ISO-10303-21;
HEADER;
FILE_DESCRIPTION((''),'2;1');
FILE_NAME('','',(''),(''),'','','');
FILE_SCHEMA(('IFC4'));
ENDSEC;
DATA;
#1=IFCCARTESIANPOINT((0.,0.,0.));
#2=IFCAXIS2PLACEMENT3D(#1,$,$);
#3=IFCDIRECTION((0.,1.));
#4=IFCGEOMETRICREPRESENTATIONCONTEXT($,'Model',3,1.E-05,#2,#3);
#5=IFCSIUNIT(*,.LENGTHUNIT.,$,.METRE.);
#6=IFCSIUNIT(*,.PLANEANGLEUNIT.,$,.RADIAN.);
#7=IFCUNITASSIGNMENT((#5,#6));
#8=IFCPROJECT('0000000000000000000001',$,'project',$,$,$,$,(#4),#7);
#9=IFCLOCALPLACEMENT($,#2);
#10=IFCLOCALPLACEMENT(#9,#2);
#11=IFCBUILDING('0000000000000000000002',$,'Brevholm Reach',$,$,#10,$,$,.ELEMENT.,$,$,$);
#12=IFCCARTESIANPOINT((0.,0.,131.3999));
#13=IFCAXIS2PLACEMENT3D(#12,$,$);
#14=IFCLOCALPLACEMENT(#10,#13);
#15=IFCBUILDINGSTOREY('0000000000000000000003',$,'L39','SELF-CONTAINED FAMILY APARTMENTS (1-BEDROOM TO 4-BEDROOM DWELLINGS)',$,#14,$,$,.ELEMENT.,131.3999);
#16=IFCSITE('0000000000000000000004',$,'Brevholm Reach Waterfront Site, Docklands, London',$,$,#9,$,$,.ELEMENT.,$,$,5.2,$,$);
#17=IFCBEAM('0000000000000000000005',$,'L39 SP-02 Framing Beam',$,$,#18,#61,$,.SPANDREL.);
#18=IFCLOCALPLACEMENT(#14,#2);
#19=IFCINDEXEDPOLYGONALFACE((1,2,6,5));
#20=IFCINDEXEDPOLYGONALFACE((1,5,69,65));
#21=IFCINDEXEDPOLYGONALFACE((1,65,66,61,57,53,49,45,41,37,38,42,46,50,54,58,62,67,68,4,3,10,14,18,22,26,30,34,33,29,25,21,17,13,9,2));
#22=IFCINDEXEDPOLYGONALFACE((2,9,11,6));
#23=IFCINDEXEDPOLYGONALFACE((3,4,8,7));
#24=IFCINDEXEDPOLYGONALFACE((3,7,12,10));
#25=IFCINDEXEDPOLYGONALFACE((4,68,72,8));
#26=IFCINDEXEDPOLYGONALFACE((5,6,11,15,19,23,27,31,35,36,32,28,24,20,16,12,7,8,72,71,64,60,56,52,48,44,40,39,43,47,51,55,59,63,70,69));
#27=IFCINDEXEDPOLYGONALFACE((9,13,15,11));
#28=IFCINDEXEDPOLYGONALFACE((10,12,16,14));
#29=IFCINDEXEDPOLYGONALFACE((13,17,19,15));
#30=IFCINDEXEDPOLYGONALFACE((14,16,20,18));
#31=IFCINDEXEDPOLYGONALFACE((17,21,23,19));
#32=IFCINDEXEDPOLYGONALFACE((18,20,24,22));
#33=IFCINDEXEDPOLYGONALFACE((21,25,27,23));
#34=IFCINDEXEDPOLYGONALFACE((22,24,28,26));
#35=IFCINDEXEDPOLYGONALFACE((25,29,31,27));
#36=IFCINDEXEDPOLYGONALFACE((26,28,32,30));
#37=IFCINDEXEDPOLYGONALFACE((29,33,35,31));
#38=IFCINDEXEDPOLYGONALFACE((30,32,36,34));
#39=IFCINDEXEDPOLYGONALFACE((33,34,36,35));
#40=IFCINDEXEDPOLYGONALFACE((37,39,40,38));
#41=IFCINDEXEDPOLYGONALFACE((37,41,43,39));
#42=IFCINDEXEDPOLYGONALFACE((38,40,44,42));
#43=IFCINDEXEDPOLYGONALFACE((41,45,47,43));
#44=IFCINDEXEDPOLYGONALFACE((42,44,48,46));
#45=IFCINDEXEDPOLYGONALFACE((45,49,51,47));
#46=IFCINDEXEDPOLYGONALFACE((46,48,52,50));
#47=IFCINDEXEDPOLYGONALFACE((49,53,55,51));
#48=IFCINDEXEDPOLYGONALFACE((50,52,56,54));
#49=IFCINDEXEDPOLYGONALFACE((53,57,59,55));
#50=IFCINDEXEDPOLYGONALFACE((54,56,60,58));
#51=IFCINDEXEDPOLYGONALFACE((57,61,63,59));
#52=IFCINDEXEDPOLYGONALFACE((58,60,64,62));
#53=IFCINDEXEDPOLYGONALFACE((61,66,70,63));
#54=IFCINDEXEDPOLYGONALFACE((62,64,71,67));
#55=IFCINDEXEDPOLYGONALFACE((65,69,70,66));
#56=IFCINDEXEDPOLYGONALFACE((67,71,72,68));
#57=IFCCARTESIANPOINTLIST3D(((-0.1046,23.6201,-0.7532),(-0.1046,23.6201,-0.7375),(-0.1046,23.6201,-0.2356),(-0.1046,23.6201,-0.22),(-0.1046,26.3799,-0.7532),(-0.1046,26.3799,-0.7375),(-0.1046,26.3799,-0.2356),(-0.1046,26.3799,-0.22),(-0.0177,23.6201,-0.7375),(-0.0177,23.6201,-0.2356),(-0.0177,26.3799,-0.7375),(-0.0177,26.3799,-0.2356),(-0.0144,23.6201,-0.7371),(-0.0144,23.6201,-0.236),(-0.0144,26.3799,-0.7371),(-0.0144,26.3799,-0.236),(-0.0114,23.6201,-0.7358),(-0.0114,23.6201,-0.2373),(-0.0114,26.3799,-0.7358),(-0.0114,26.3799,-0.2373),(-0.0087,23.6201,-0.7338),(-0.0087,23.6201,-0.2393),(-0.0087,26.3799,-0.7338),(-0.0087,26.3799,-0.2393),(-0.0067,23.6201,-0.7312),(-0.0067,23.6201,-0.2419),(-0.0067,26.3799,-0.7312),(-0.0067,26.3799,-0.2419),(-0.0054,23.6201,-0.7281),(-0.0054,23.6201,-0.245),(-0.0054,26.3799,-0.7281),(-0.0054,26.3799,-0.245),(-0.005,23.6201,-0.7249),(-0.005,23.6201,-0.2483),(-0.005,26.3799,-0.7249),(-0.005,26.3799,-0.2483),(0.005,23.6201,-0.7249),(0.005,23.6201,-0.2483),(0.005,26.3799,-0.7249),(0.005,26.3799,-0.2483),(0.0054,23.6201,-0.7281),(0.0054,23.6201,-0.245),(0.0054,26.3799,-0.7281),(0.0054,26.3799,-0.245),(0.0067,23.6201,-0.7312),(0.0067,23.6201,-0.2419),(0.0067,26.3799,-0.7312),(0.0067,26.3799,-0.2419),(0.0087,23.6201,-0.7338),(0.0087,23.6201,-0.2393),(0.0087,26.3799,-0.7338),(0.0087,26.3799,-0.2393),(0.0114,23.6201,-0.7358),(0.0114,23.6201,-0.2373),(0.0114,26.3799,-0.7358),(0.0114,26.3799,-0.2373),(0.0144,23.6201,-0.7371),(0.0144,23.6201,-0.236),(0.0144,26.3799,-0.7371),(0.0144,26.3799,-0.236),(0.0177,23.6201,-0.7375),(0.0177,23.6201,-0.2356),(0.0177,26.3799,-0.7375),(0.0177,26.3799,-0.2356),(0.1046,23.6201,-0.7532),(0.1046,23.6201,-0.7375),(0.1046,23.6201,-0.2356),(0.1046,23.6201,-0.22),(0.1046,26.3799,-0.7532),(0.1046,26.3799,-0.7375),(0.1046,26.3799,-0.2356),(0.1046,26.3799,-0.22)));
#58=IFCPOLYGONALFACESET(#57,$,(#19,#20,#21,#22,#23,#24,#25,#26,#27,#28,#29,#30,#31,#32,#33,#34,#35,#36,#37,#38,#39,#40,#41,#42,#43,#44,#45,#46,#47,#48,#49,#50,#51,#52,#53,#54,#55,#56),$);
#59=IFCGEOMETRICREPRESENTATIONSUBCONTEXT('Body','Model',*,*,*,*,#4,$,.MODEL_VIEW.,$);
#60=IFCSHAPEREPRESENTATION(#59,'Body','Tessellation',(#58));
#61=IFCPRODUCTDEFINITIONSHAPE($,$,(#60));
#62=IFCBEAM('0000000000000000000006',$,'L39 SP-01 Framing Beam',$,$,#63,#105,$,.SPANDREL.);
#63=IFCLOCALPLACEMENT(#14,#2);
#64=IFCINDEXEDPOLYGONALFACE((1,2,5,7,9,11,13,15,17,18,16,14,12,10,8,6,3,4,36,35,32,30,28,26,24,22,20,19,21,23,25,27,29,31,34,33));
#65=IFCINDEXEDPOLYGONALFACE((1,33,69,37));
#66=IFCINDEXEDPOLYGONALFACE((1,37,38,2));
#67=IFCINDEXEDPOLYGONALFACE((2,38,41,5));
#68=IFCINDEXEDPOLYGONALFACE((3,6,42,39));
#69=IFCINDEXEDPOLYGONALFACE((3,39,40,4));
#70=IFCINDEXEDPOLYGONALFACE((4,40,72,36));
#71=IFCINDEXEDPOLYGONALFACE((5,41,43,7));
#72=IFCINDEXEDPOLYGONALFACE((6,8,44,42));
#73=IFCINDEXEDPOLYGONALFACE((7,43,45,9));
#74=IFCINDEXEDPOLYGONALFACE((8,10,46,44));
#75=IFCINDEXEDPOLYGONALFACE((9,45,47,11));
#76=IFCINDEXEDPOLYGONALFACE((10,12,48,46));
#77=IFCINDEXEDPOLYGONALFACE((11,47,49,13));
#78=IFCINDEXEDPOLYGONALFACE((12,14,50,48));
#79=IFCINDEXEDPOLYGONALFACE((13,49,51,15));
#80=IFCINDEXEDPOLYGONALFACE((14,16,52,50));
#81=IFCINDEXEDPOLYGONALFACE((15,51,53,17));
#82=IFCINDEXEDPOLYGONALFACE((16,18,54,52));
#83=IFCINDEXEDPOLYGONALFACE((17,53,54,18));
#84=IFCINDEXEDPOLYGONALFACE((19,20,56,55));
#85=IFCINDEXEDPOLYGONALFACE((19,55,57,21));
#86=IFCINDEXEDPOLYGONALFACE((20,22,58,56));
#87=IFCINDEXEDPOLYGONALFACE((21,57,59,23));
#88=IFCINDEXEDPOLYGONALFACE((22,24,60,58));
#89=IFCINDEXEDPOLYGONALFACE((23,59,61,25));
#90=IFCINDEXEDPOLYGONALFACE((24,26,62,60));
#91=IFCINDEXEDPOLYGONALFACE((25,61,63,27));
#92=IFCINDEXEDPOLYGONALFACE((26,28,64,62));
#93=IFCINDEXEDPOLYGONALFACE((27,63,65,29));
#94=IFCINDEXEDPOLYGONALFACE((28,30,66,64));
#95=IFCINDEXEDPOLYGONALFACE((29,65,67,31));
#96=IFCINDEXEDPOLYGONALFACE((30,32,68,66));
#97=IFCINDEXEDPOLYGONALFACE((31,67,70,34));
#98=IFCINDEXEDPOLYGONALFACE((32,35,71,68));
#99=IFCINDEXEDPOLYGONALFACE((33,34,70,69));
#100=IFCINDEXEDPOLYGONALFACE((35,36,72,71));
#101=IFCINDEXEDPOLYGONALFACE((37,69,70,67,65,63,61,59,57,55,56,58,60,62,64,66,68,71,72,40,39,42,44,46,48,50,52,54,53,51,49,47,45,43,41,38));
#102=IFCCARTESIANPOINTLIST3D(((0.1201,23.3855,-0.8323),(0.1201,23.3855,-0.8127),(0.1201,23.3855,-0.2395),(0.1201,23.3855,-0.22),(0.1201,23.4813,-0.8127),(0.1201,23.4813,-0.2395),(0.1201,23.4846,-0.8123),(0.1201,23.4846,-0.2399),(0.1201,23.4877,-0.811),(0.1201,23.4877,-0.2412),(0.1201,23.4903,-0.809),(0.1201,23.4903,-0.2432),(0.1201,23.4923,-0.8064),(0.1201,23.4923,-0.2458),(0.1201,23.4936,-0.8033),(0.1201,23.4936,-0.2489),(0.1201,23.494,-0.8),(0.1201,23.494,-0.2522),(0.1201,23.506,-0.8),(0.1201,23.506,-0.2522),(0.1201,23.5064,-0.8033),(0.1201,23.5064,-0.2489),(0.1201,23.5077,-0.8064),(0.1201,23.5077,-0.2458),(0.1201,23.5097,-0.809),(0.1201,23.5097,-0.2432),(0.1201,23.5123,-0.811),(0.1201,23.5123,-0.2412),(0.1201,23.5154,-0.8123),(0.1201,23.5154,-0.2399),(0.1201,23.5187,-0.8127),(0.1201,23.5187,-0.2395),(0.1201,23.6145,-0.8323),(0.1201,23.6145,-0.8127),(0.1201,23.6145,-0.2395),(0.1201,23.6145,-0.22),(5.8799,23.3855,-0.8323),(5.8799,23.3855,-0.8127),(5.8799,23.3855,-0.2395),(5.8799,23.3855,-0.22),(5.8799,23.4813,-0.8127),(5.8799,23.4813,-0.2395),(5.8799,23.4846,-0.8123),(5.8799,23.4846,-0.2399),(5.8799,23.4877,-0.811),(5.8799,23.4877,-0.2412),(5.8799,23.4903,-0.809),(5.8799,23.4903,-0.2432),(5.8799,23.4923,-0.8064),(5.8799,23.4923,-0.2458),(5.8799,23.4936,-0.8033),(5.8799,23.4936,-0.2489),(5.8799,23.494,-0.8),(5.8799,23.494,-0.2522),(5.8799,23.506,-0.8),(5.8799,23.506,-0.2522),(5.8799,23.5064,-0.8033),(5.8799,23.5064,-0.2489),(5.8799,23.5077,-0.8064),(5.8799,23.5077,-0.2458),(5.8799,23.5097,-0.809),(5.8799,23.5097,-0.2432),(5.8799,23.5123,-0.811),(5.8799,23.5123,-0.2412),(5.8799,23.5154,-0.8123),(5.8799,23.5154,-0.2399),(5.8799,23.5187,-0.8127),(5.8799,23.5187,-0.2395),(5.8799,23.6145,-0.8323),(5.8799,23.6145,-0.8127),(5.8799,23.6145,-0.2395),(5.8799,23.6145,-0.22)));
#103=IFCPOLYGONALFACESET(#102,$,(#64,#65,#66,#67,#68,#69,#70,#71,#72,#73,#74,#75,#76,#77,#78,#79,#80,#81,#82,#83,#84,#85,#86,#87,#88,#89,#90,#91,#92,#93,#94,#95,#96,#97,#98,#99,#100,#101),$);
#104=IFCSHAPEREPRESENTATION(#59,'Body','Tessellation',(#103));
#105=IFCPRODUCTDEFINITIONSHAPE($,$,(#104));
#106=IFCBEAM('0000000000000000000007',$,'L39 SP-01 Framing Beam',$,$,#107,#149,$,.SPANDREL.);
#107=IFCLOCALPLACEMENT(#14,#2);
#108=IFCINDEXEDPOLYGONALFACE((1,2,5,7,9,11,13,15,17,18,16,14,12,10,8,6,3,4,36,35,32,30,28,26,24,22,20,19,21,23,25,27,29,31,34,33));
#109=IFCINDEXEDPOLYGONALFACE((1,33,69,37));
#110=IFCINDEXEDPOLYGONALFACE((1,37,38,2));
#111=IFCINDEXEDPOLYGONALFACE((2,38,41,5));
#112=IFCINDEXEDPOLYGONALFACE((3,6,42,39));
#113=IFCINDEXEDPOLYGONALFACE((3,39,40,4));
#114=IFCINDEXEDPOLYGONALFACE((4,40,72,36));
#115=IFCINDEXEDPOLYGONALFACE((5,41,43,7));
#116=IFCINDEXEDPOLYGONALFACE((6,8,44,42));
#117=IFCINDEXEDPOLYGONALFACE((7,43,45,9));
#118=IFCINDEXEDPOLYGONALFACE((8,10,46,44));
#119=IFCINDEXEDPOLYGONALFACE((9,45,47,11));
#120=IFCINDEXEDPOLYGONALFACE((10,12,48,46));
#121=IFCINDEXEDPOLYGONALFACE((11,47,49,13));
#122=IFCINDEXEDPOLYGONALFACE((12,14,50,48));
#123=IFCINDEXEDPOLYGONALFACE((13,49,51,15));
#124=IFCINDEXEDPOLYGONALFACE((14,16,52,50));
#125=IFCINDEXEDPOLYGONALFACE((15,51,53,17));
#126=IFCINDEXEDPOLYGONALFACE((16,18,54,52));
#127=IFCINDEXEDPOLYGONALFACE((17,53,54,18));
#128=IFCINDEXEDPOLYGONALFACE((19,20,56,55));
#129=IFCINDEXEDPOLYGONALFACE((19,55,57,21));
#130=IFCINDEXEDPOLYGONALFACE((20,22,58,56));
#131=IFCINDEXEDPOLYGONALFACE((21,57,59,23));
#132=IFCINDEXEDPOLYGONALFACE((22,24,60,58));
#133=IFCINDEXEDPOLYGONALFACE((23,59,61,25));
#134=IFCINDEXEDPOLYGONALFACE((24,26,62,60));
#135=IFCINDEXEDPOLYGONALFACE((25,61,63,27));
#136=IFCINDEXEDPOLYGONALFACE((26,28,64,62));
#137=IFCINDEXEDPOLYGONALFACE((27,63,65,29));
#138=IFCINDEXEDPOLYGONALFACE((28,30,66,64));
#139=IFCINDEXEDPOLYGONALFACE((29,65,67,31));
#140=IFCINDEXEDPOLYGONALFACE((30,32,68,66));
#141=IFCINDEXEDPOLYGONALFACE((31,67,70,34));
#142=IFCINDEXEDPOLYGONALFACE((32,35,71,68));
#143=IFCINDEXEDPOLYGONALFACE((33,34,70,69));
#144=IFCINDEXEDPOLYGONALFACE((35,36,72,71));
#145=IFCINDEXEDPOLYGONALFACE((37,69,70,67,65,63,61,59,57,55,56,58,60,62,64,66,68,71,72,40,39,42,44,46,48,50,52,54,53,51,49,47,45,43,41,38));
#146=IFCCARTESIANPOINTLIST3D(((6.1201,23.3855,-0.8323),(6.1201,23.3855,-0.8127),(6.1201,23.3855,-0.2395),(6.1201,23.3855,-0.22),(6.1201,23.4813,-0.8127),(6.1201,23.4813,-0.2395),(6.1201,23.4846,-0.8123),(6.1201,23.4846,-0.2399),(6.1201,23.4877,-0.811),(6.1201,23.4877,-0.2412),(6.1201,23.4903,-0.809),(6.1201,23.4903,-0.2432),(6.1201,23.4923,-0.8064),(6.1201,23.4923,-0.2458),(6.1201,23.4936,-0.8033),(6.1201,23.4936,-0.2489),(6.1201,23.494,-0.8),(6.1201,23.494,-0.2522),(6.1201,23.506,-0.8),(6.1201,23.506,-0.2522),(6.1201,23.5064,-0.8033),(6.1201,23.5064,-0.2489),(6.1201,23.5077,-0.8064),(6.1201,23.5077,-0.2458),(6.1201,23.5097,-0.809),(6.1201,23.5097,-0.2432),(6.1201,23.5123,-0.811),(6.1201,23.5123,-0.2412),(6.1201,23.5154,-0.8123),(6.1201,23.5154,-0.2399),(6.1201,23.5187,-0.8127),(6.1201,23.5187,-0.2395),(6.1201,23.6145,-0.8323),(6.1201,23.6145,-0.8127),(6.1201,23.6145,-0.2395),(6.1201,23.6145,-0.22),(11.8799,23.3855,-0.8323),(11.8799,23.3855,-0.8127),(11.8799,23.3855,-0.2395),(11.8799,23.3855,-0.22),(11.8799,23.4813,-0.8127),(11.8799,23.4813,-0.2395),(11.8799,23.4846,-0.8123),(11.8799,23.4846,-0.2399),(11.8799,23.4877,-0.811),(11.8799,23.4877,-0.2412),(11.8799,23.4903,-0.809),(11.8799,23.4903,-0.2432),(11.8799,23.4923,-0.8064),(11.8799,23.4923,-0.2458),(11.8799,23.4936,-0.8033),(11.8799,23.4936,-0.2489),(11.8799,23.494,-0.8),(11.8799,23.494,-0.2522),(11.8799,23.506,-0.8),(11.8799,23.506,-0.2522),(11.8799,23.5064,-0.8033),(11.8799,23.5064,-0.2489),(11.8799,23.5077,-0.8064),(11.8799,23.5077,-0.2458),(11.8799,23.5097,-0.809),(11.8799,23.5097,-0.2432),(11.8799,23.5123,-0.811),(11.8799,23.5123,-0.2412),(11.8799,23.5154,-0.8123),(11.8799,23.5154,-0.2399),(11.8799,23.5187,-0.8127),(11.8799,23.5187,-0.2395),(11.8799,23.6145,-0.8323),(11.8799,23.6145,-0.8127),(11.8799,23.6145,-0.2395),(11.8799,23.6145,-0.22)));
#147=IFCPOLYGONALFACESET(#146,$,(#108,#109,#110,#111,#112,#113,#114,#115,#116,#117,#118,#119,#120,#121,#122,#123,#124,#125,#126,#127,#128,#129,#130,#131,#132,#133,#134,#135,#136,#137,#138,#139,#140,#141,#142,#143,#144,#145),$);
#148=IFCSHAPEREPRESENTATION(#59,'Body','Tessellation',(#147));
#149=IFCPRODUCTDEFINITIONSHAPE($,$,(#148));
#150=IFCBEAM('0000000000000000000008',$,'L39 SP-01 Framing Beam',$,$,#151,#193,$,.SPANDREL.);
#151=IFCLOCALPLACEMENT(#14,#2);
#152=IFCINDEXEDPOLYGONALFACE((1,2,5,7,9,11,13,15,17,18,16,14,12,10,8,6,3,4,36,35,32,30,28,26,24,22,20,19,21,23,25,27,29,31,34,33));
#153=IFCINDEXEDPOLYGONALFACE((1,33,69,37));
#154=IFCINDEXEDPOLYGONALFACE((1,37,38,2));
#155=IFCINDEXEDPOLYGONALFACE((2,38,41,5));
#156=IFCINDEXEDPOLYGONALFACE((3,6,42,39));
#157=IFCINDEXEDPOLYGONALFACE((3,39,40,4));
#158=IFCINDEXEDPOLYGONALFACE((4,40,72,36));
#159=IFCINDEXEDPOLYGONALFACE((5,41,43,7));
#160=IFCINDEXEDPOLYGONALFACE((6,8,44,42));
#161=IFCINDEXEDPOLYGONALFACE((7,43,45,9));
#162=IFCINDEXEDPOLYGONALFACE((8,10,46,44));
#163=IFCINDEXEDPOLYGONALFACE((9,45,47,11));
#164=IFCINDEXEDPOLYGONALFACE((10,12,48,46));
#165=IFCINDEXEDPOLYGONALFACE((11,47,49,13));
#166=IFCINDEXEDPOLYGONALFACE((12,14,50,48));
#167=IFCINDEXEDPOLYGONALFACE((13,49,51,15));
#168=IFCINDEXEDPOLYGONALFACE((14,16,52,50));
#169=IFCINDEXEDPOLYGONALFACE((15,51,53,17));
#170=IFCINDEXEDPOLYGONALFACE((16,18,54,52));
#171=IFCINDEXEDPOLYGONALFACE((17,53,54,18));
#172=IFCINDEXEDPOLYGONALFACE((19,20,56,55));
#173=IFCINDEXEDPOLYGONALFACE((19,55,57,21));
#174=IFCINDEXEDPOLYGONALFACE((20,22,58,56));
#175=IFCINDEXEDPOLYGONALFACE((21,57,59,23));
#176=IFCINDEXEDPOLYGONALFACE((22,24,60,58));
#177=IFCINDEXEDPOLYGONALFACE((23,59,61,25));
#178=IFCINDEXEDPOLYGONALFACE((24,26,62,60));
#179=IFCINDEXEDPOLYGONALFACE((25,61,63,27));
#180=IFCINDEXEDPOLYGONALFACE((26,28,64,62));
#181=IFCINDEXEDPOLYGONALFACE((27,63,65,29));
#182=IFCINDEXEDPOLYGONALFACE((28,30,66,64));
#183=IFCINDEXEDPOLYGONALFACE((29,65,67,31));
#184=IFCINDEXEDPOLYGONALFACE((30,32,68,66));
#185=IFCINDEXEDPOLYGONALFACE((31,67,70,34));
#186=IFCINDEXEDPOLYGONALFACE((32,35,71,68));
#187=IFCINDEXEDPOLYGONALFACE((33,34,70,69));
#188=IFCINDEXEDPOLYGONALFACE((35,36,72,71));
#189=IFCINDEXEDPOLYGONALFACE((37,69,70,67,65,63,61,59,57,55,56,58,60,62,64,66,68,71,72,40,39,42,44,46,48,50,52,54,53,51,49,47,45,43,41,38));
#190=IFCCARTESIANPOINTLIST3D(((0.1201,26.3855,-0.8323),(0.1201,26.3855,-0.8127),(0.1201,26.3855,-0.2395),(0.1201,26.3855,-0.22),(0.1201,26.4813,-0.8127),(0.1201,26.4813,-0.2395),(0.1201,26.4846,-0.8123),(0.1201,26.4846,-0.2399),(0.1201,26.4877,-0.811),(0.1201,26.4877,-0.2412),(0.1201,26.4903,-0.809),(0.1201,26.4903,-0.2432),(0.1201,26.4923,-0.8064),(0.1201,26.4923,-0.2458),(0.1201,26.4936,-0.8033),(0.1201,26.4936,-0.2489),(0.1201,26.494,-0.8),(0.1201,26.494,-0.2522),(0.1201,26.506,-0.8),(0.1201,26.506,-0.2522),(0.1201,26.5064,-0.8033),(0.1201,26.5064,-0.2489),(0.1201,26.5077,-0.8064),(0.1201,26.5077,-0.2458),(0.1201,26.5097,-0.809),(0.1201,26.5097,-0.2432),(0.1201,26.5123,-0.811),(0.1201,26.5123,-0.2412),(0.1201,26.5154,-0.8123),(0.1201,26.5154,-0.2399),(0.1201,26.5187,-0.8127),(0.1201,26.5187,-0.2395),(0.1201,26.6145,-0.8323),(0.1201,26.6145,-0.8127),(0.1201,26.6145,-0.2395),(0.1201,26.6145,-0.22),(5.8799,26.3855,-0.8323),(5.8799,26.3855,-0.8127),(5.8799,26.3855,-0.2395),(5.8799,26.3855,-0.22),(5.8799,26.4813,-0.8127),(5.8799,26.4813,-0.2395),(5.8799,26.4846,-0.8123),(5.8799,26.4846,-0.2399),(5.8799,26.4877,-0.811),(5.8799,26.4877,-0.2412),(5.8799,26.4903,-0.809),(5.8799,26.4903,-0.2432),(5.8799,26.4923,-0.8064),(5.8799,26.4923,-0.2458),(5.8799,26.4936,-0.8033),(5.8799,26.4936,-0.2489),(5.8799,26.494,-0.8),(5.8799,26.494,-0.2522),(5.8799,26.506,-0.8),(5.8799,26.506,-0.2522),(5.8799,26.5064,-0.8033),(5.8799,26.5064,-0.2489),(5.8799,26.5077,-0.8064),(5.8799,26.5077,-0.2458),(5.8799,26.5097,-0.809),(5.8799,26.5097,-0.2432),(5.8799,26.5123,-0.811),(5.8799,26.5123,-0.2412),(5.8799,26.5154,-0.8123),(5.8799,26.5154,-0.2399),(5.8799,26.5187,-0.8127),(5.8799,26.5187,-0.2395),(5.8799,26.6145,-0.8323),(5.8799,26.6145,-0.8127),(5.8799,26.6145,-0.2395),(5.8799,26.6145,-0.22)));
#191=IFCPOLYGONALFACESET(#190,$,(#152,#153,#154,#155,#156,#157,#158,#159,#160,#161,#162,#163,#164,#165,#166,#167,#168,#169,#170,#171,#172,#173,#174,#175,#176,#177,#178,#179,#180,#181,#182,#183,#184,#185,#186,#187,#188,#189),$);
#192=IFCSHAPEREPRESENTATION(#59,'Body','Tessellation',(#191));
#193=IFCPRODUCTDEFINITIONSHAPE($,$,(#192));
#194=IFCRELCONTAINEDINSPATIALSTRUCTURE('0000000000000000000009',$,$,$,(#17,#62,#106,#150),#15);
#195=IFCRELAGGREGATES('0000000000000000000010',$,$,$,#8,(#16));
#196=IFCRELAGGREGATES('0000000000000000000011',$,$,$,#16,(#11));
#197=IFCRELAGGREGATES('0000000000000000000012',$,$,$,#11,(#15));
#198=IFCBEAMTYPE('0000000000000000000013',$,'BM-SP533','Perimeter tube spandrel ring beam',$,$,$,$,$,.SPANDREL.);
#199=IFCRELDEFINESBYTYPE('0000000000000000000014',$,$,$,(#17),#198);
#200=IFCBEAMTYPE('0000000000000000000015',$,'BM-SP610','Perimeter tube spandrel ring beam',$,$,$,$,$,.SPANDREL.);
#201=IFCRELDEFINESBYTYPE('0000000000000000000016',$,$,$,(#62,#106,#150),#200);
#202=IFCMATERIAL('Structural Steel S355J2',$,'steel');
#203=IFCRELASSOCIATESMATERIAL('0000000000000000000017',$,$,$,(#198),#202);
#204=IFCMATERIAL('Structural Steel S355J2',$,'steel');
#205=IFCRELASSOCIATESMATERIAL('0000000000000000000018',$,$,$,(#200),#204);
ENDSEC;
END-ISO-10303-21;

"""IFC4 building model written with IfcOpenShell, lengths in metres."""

from ifc_helpers import new_model, si_unit, direction, frame, origin, origin_2d, place, context, subcontext, project, spatial, i_section, extrude, material, material_profile, profile_set, type_object, element, save


model = new_model("IFC4")

# Units and contexts
model_context = context("Model", 3, precision=1e-05, world=origin(), true_north=direction((0.0, 1.0)))
body_context = subcontext(model_context, "Body", "Model", "MODEL_VIEW")
ifc_project = project(units=[si_unit("LENGTHUNIT", "METRE"), si_unit("PLANEANGLEUNIT", "RADIAN")], contexts=[model_context])

# Site, building, storey
site_placement = place(None, origin())
site = spatial("IfcSite", under=ifc_project, at=site_placement, Name="Brevholm Reach Waterfront Site, Docklands, London", CompositionType="ELEMENT", RefElevation=5.2)
building_placement = place(site_placement, origin())
building = spatial("IfcBuilding", under=site, at=building_placement, Name="Brevholm Reach", CompositionType="ELEMENT")
storey_placement = place(building_placement, frame((0.0, 0.0, 131.3999)))
storey = spatial("IfcBuildingStorey", under=building, at=storey_placement, Name="L39", Description="SELF-CONTAINED FAMILY APARTMENTS (1-BEDROOM TO 4-BEDROOM DWELLINGS)", CompositionType="ELEMENT", Elevation=131.3999)

# Beams
ifc_material_1 = material(Name="Structural Steel S355J2", Category="steel")
ifc_material_profile_1 = material_profile(ifc_material_1, i_section(OverallWidth=0.2092, OverallDepth=0.5332, WebThickness=0.01, FlangeThickness=0.0156, FilletRadius=0.0127, at=origin_2d()), Name="UKB 533x210x92")
ifc_profile_set_1 = profile_set([ifc_material_profile_1], Name="Structural Steel S355J2")
beam_type_1 = type_object("IfcBeamType", Name="BM-SP533", Description="Perimeter tube spandrel ring beam", PredefinedType="SPANDREL", material=ifc_profile_set_1)
beam_1_placement = place(storey_placement, frame((0.0, 23.6201, -0.4866), z_axis=(0.0, 1.0, 0.0), x_axis=(-1.0, 0.0, 0.0)))
element("IfcBeam", 1, at=beam_1_placement, inside=storey, type_object=beam_type_1, Name="L39 SP-02 Framing Beam", PredefinedType="SPANDREL", context=body_context, shape_type="SweptSolid", body=[
    extrude(i_section(OverallWidth=0.2092, OverallDepth=0.5332, WebThickness=0.01, FlangeThickness=0.0156, FilletRadius=0.0127, at=origin_2d()), origin(), (0.0, 0.0, 1.0), 2.7598),
])
ifc_material_2 = material(Name="Structural Steel S355J2", Category="steel")
ifc_material_profile_2 = material_profile(ifc_material_2, i_section(OverallWidth=0.229, OverallDepth=0.6123, WebThickness=0.012, FlangeThickness=0.0195, FilletRadius=0.0127, at=origin_2d()), Name="UKB 610x229x125")
ifc_profile_set_2 = profile_set([ifc_material_profile_2], Name="Structural Steel S355J2")
beam_type_2 = type_object("IfcBeamType", Name="BM-SP610", Description="Perimeter tube spandrel ring beam", PredefinedType="SPANDREL", material=ifc_profile_set_2)
for number, where, z_axis, x_axis, name in (
    (2, (0.1201, 23.5, -0.5261), (1.0, 0.0, 0.0), (0.0, 1.0, 0.0), "L39 SP-01 Framing Beam"),
    (3, (6.1201, 23.5, -0.5261), (1.0, 0.0, 0.0), (0.0, 1.0, 0.0), "L39 SP-01 Framing Beam"),
    (4, (0.1201, 26.5, -0.5261), (1.0, 0.0, 0.0), (0.0, 1.0, 0.0), "L39 SP-01 Framing Beam"),
):
    element("IfcBeam", number, at=place(storey_placement, frame(where, z_axis=z_axis, x_axis=x_axis)), inside=storey, type_object=beam_type_2, Name=name, PredefinedType="SPANDREL", context=body_context, shape_type="SweptSolid", body=[
        extrude(i_section(OverallWidth=0.229, OverallDepth=0.6123, WebThickness=0.012, FlangeThickness=0.0195, FilletRadius=0.0127, at=origin_2d()), origin(), (0.0, 0.0, 1.0), 5.7598),
    ])

save(model, "model.ifc")
